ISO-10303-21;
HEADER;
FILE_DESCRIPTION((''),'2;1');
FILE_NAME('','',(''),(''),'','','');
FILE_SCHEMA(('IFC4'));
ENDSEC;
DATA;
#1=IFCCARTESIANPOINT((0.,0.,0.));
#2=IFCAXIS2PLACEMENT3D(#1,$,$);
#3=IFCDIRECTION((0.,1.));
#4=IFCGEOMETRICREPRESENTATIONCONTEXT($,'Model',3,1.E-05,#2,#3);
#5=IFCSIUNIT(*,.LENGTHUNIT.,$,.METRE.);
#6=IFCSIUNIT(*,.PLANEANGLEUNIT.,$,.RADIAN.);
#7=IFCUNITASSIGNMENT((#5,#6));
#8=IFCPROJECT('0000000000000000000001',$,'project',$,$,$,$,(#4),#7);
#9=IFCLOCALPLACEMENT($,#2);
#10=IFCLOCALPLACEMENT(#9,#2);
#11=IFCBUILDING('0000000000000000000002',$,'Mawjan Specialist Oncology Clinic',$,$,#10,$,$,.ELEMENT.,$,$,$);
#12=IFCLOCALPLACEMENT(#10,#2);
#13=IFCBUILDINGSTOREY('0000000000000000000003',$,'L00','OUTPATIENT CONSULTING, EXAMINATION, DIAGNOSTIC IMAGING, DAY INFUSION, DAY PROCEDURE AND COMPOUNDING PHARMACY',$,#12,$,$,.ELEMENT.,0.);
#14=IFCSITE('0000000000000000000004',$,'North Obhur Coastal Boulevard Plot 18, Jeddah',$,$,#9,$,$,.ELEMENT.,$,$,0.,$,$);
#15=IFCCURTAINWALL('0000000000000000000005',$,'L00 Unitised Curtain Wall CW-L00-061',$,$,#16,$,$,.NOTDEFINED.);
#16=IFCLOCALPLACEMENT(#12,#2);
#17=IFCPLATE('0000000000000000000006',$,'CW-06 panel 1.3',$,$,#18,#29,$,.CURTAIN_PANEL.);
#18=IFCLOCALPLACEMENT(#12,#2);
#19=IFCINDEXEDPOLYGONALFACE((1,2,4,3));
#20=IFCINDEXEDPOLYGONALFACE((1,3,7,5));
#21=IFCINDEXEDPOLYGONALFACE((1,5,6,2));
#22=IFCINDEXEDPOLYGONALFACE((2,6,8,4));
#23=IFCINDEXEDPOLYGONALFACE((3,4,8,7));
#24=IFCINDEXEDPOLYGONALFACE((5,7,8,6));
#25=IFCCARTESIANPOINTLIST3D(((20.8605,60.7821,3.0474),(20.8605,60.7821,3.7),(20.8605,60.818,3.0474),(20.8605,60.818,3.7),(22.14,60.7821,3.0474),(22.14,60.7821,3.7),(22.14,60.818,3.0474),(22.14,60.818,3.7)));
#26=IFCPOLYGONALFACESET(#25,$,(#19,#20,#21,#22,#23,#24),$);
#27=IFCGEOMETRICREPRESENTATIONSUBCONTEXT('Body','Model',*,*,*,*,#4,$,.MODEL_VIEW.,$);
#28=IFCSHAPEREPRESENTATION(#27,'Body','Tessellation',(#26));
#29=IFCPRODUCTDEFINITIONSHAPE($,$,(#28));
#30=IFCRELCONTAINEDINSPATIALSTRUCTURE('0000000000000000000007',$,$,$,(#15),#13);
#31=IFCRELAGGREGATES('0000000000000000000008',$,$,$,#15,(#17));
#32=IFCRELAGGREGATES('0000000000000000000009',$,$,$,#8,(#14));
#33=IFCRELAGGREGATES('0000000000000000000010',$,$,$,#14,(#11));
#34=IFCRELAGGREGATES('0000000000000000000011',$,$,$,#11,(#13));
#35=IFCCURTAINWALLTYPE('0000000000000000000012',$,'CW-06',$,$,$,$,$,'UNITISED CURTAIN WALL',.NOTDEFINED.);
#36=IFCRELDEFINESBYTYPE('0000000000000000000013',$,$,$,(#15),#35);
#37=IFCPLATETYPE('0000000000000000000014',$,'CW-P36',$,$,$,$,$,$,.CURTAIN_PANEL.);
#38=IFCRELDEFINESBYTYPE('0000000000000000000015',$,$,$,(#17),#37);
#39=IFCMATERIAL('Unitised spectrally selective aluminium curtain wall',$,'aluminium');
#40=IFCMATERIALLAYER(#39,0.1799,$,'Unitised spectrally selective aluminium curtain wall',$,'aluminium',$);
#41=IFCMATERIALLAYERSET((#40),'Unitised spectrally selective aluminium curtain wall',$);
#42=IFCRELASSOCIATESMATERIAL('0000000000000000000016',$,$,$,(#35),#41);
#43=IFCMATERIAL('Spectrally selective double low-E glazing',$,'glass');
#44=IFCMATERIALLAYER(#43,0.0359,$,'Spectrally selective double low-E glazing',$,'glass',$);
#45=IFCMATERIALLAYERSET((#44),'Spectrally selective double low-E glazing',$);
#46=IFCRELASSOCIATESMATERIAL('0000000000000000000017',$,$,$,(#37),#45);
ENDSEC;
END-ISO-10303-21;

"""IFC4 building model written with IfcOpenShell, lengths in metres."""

from ifc_helpers import new_model, si_unit, direction, frame, origin, origin_2d, place, context, subcontext, project, spatial, rectangle, extrude, material, layer, layer_set, type_object, element, aggregate, save


model = new_model("IFC4")

# Units and contexts
model_context = context("Model", 3, precision=1e-05, world=origin(), true_north=direction((0.0, 1.0)))
body_context = subcontext(model_context, "Body", "Model", "MODEL_VIEW")
ifc_project = project(units=[si_unit("LENGTHUNIT", "METRE"), si_unit("PLANEANGLEUNIT", "RADIAN")], contexts=[model_context])

# Site, building, storey
site_placement = place(None, origin())
site = spatial("IfcSite", under=ifc_project, at=site_placement, Name="North Obhur Coastal Boulevard Plot 18, Jeddah", CompositionType="ELEMENT", RefElevation=0.0)
building_placement = place(site_placement, origin())
building = spatial("IfcBuilding", under=site, at=building_placement, Name="Mawjan Specialist Oncology Clinic", CompositionType="ELEMENT")
storey_placement = place(building_placement, origin())
storey = spatial("IfcBuildingStorey", under=building, at=storey_placement, Name="L00", Description="OUTPATIENT CONSULTING, EXAMINATION, DIAGNOSTIC IMAGING, DAY INFUSION, DAY PROCEDURE AND COMPOUNDING PHARMACY", CompositionType="ELEMENT", Elevation=0.0)

# Shared definitions
ifc_material_1 = material(Name="Unitised spectrally selective aluminium curtain wall", Category="aluminium")
ifc_layer_1 = layer(ifc_material_1, 0.1799, Name="Unitised spectrally selective aluminium curtain wall", Category="aluminium")
ifc_layer_set_1 = layer_set([ifc_layer_1], Name="Unitised spectrally selective aluminium curtain wall")
curtain_wall_type = type_object("IfcCurtainWallType", Name="CW-06", ElementType="UNITISED CURTAIN WALL", PredefinedType="NOTDEFINED", material=ifc_layer_set_1)

# Curtain wall
curtain_wall_1_placement = place(storey_placement, origin())
curtain_wall_1 = element("IfcCurtainWall", 1, at=curtain_wall_1_placement, inside=storey, type_object=curtain_wall_type, Name="L00 Unitised Curtain Wall CW-L00-061", PredefinedType="NOTDEFINED")

# Plate
ifc_material_2 = material(Name="Spectrally selective double low-E glazing", Category="glass")
ifc_layer_2 = layer(ifc_material_2, 0.0359, Name="Spectrally selective double low-E glazing", Category="glass")
ifc_layer_set_2 = layer_set([ifc_layer_2], Name="Spectrally selective double low-E glazing")
plate_type = type_object("IfcPlateType", Name="CW-P36", PredefinedType="CURTAIN_PANEL", material=ifc_layer_set_2)
plate_1_placement = place(storey_placement, frame((21.5002, 60.8, 3.0474), z_axis=(0.0, 0.0, 1.0), x_axis=(-1.0, 0.0, 0.0)))
plate_1 = element("IfcPlate", 2, at=plate_1_placement, type_object=plate_type, Name="CW-06 panel 1.3", PredefinedType="CURTAIN_PANEL", context=body_context, shape_type="SweptSolid", body=[
    extrude(rectangle(XDim=1.2795, YDim=0.0359, at=origin_2d()), origin(), (0.0, 0.0, 1.0), 0.6526),
])
aggregate(curtain_wall_1, [plate_1])

save(model, "model.ifc")
